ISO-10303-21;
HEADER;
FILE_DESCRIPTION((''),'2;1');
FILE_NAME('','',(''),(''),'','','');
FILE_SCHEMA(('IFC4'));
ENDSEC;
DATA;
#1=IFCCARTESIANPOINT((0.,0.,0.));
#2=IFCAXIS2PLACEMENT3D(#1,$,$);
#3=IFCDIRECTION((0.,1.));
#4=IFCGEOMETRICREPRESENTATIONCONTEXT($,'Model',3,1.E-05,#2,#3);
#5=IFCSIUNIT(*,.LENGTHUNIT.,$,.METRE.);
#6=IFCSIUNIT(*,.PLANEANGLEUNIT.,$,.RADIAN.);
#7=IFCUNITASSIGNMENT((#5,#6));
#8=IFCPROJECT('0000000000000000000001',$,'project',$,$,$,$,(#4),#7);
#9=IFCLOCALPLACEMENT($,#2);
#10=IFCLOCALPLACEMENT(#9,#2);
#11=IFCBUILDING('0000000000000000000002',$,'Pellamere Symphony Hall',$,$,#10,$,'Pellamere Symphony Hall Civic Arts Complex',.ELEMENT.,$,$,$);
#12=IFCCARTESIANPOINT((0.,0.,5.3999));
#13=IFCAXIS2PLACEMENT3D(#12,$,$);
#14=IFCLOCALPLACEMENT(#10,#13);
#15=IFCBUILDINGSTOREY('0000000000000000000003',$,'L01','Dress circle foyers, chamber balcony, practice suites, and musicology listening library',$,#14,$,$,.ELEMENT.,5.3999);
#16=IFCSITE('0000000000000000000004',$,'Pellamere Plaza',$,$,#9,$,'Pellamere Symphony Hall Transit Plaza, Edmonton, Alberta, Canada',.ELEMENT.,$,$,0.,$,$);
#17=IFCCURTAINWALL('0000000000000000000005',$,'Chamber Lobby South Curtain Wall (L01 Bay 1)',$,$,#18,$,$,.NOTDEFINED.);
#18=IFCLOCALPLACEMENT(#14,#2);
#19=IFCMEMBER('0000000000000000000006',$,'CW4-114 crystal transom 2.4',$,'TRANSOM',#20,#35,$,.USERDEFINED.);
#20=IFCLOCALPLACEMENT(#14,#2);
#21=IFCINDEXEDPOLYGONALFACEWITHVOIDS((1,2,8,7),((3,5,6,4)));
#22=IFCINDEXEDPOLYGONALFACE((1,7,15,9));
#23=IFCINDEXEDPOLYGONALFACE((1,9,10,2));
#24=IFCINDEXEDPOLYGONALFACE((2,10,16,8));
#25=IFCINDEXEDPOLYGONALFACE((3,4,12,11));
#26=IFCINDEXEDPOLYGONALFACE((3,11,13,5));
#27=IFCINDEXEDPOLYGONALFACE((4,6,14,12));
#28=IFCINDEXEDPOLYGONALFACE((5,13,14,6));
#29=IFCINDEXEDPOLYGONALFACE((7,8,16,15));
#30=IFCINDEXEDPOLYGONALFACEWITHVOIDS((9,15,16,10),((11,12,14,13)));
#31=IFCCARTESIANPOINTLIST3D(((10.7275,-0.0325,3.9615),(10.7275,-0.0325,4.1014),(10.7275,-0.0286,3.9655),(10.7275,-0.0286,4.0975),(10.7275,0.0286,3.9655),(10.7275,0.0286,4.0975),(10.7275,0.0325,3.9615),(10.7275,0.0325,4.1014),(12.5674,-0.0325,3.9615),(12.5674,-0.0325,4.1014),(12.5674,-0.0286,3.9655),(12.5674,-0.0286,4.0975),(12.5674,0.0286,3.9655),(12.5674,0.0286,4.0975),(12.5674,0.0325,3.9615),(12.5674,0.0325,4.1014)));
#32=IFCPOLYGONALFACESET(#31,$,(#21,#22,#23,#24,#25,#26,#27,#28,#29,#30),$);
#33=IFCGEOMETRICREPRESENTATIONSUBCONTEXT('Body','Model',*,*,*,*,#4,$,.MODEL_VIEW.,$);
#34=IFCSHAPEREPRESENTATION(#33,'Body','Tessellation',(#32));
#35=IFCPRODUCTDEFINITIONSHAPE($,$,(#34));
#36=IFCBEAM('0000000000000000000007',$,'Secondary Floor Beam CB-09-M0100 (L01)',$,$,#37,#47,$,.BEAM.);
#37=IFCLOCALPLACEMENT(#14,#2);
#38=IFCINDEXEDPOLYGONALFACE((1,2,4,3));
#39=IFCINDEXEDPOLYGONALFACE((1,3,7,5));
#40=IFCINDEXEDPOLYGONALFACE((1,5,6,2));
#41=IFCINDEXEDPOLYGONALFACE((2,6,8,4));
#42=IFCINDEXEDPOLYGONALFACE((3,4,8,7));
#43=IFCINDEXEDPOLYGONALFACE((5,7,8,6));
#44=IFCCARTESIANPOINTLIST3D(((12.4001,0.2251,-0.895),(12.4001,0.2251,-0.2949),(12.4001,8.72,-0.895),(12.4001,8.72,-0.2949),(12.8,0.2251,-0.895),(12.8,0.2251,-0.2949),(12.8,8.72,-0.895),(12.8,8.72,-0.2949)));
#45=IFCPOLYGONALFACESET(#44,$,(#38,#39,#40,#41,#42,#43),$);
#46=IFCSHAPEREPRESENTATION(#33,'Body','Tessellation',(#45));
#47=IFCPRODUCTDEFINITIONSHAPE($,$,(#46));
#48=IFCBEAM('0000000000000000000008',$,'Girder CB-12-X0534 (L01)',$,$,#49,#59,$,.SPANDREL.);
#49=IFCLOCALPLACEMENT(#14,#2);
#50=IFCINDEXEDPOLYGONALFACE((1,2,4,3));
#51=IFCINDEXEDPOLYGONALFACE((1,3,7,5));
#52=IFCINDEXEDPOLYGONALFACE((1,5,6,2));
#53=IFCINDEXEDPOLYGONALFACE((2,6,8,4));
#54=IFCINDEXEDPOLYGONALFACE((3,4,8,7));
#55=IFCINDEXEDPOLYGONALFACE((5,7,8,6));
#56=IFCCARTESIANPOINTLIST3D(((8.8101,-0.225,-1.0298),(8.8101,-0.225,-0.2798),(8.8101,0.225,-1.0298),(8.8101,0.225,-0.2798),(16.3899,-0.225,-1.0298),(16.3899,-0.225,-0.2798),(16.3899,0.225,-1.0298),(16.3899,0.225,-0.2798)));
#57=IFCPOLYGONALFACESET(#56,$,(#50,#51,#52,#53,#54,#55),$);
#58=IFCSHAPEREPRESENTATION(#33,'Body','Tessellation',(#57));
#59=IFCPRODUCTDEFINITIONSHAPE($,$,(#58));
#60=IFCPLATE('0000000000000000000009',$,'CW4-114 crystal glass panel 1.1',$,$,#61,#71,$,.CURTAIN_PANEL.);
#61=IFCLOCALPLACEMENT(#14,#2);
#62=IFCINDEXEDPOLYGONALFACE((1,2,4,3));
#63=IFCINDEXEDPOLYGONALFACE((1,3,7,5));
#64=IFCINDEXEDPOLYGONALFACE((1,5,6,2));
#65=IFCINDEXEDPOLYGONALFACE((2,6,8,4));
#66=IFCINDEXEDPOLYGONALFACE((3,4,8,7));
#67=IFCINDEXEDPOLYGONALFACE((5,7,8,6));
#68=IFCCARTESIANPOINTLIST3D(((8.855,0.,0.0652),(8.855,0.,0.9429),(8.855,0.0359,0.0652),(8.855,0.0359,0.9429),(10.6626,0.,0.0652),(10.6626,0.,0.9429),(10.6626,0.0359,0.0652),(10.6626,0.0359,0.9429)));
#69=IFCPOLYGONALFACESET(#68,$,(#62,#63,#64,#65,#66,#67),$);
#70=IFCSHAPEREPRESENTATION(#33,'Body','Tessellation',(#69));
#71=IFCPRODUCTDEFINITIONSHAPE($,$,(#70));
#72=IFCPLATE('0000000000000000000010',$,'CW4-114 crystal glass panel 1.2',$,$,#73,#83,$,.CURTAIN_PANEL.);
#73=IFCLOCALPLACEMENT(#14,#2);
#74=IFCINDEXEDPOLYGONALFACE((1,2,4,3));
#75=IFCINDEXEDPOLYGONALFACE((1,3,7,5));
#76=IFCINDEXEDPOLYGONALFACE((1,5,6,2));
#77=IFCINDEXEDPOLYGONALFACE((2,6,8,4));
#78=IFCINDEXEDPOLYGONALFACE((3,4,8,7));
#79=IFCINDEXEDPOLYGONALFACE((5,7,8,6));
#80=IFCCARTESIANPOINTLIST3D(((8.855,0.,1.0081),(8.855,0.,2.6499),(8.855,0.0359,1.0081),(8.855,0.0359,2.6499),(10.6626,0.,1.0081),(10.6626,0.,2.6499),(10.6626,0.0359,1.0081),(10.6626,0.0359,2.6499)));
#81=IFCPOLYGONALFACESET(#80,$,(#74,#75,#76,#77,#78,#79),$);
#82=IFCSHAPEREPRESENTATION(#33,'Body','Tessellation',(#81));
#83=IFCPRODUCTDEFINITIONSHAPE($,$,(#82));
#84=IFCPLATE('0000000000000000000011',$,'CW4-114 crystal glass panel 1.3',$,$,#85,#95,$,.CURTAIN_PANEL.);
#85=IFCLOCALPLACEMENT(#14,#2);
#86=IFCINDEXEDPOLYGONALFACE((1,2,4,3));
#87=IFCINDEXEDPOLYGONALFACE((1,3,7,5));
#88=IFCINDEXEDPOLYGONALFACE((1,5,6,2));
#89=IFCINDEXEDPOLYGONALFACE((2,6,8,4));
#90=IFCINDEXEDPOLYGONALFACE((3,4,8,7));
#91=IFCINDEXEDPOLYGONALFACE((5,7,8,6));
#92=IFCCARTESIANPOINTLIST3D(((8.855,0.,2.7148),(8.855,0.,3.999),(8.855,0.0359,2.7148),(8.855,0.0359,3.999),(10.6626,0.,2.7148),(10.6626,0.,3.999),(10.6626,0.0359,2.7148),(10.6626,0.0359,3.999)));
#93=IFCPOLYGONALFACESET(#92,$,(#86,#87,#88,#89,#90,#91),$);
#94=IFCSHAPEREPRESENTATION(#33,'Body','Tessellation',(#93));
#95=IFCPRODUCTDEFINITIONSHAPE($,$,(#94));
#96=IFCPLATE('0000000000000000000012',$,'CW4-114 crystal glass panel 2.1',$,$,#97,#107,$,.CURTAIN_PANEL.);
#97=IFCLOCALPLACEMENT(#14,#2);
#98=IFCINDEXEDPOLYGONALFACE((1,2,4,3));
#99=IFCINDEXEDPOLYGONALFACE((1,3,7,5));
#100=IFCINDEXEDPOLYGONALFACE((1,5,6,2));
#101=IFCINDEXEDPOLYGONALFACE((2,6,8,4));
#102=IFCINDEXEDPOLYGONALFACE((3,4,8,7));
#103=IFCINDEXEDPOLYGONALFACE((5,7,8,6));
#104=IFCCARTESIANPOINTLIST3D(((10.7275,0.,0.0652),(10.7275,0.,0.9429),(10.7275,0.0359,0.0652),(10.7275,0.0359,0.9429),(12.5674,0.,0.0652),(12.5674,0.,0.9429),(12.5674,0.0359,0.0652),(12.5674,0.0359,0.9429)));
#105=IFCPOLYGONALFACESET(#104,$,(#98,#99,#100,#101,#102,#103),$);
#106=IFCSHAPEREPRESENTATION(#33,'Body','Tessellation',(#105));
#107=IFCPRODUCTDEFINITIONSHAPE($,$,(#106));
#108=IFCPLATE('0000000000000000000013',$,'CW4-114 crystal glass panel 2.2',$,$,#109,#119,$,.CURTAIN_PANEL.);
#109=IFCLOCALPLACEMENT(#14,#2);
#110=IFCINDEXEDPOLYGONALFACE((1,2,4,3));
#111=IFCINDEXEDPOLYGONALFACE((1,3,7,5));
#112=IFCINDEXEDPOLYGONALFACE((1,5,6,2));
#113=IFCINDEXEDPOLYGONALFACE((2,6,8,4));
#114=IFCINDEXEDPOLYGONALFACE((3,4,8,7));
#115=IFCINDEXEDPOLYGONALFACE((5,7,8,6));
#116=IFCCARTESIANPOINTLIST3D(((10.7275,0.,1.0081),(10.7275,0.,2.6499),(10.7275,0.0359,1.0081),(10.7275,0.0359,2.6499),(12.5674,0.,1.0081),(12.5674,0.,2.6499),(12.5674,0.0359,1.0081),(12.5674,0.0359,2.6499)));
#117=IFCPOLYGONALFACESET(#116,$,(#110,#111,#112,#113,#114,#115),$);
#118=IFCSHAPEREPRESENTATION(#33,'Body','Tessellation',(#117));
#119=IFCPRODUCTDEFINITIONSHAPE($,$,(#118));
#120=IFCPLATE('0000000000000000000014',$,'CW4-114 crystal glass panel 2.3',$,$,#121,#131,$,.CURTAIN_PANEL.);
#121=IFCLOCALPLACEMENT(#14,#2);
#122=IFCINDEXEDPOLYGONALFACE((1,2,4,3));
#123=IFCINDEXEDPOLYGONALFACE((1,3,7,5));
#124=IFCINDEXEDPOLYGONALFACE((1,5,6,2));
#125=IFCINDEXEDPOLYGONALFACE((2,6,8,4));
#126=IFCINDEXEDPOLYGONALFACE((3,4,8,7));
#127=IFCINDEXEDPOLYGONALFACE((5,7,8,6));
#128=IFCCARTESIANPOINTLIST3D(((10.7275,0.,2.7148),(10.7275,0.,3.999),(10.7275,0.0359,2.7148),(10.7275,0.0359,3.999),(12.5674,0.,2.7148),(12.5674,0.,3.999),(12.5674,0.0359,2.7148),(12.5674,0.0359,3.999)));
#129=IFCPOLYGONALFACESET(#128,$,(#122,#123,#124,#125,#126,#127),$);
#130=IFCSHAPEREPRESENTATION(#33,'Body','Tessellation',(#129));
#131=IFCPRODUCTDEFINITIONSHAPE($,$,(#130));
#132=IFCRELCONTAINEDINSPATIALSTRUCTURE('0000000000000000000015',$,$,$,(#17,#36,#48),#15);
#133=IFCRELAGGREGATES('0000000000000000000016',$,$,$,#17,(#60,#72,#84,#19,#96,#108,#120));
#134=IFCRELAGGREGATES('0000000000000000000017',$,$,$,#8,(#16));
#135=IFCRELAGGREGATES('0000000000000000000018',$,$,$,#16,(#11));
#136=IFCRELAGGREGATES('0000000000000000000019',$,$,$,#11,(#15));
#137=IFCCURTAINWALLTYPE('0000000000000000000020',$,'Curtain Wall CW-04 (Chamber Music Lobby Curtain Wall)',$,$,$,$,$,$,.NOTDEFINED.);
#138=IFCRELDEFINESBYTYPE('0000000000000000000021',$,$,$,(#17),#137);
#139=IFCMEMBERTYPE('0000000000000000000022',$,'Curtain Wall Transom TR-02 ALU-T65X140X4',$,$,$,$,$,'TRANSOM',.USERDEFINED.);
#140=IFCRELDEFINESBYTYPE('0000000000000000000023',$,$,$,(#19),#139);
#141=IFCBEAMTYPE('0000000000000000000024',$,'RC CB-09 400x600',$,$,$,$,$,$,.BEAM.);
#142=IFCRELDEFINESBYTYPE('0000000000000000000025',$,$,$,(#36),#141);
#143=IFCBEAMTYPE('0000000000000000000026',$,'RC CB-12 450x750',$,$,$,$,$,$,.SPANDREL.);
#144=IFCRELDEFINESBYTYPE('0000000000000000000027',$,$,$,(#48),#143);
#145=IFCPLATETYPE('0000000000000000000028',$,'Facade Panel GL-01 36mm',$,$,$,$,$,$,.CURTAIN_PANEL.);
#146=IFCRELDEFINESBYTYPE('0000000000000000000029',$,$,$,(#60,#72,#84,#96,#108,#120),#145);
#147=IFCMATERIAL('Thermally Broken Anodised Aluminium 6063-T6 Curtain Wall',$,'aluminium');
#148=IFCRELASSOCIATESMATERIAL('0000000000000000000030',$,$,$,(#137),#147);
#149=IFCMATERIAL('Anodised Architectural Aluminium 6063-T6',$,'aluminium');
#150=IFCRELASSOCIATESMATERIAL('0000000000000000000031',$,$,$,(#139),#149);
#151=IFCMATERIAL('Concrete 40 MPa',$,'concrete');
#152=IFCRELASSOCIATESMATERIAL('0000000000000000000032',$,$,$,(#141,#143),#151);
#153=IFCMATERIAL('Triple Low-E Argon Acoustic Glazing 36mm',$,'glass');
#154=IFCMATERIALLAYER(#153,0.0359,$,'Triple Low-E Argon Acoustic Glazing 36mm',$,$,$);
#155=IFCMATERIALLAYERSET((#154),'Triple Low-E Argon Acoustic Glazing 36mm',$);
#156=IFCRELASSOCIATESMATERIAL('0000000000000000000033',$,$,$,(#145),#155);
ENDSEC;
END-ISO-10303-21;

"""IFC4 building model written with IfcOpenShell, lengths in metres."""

from ifc_helpers import new_model, si_unit, direction, frame, origin, origin_2d, place, context, subcontext, project, spatial, polyline, rectangle, hollow_rectangle, outline, extrude, material, layer, layer_set, material_profile, profile_set, type_object, element, aggregate, save


model = new_model("IFC4")

# Units and contexts
model_context = context("Model", 3, precision=1e-05, world=origin(), true_north=direction((0.0, 1.0)))
body_context = subcontext(model_context, "Body", "Model", "MODEL_VIEW")
ifc_project = project(units=[si_unit("LENGTHUNIT", "METRE"), si_unit("PLANEANGLEUNIT", "RADIAN")], contexts=[model_context])

# Site, building, storey
site_placement = place(None, origin())
site = spatial("IfcSite", under=ifc_project, at=site_placement, Name="Pellamere Plaza", LongName="Pellamere Symphony Hall Transit Plaza, Edmonton, Alberta, Canada", CompositionType="ELEMENT", RefElevation=0.0)
building_placement = place(site_placement, origin())
building = spatial("IfcBuilding", under=site, at=building_placement, Name="Pellamere Symphony Hall", LongName="Pellamere Symphony Hall Civic Arts Complex", CompositionType="ELEMENT")
storey_placement = place(building_placement, frame((0.0, 0.0, 5.3999)))
storey = spatial("IfcBuildingStorey", under=building, at=storey_placement, Name="L01", Description="Dress circle foyers, chamber balcony, practice suites, and musicology listening library", CompositionType="ELEMENT", Elevation=5.3999)

# Shared definitions
ifc_material_1 = material(Name="Concrete 40 MPa", Category="concrete")

# Curtain wall, member
ifc_material_2 = material(Name="Thermally Broken Anodised Aluminium 6063-T6 Curtain Wall", Category="aluminium")
curtain_wall_type = type_object("IfcCurtainWallType", Name="Curtain Wall CW-04 (Chamber Music Lobby Curtain Wall)", PredefinedType="NOTDEFINED", material=ifc_material_2)
curtain_wall_placement = place(storey_placement, origin())
curtain_wall = element("IfcCurtainWall", 1, at=curtain_wall_placement, inside=storey, type_object=curtain_wall_type, Name="Chamber Lobby South Curtain Wall (L01 Bay 1)", PredefinedType="NOTDEFINED")
ifc_material_3 = material(Name="Anodised Architectural Aluminium 6063-T6", Category="aluminium")
ifc_material_profile_1 = material_profile(ifc_material_3, hollow_rectangle(XDim=0.0649, YDim=0.1399, WallThickness=0.0039, at=origin_2d()), Name="ALU-T65X140X4")
ifc_profile_set_1 = profile_set([ifc_material_profile_1], Name="Anodised Architectural Aluminium 6063-T6")
member_type_1 = type_object("IfcMemberType", Name="Curtain Wall Transom TR-02 ALU-T65X140X4", ElementType="TRANSOM", PredefinedType="USERDEFINED", material=ifc_profile_set_1)
member_1_placement = place(storey_placement, frame((10.7275, 0.0, 4.0315), z_axis=(1.0, 0.0, 0.0), x_axis=(0.0, 1.0, 0.0)))
member_1 = element("IfcMember", 2, at=member_1_placement, type_object=member_type_1, Name="CW4-114 crystal transom 2.4", ObjectType="TRANSOM", PredefinedType="USERDEFINED", context=body_context, shape_type="SweptSolid", body=[
    extrude(hollow_rectangle(XDim=0.0649, YDim=0.1399, WallThickness=0.0039, at=origin_2d()), origin(), (0.0, 0.0, 1.0), 1.8398),
])

# Beams
ifc_material_profile_2 = material_profile(ifc_material_1, rectangle(XDim=0.3999, YDim=0.6001, at=origin_2d()), Name="RC 400x600")
ifc_profile_set_2 = profile_set([ifc_material_profile_2], Name="Concrete 40 MPa")
beam_type_1 = type_object("IfcBeamType", Name="RC CB-09 400x600", PredefinedType="BEAM", material=ifc_profile_set_2)
beam_1_placement = place(storey_placement, frame((12.6001, 0.2251, -0.595), z_axis=(0.0, 1.0, 0.0), x_axis=(-1.0, 0.0, 0.0)))
element("IfcBeam", 3, at=beam_1_placement, inside=storey, type_object=beam_type_1, Name="Secondary Floor Beam CB-09-M0100 (L01)", PredefinedType="BEAM", context=body_context, shape_type="SweptSolid", body=[
    extrude(rectangle(XDim=0.3999, YDim=0.6001, at=origin_2d()), origin(), (0.0, 0.0, 1.0), 8.4949),
])
ifc_material_profile_3 = material_profile(ifc_material_1, rectangle(XDim=0.45, YDim=0.75, at=origin_2d()), Name="RC 450x750")
ifc_profile_set_3 = profile_set([ifc_material_profile_3], Name="Concrete 40 MPa")
beam_type_2 = type_object("IfcBeamType", Name="RC CB-12 450x750", PredefinedType="SPANDREL", material=ifc_profile_set_3)
beam_2_placement = place(storey_placement, frame((8.8101, 0.0, -0.6548), z_axis=(1.0, 0.0, 0.0), x_axis=(0.0, 1.0, 0.0)))
element("IfcBeam", 4, at=beam_2_placement, inside=storey, type_object=beam_type_2, Name="Girder CB-12-X0534 (L01)", PredefinedType="SPANDREL", context=body_context, shape_type="SweptSolid", body=[
    extrude(rectangle(XDim=0.45, YDim=0.75, at=origin_2d()), origin(), (0.0, 0.0, 1.0), 7.5798),
])

# Plates
ifc_material_4 = material(Name="Triple Low-E Argon Acoustic Glazing 36mm", Category="glass")
ifc_layer = layer(ifc_material_4, 0.0359, Name="Triple Low-E Argon Acoustic Glazing 36mm")
ifc_layer_set = layer_set([ifc_layer], Name="Triple Low-E Argon Acoustic Glazing 36mm")
plate_type = type_object("IfcPlateType", Name="Facade Panel GL-01 36mm", PredefinedType="CURTAIN_PANEL", material=ifc_layer_set)
plate_1_placement = place(storey_placement, frame((8.855, 0.0, 0.0652), z_axis=(0.0, -1.0, 0.0), x_axis=(1.0, 0.0, 0.0)))
plate_1 = element("IfcPlate", 5, at=plate_1_placement, type_object=plate_type, Name="CW4-114 crystal glass panel 1.1", PredefinedType="CURTAIN_PANEL", context=body_context, shape_type="SweptSolid", body=[
    extrude(outline(polyline([(0.0, 0.0), (1.8076, 0.0), (1.8076, 0.8777), (0.0, 0.8777), (0.0, 0.0)])), origin(), (0.0, 0.0, -1.0), 0.0359),
])
plate_2_placement = place(storey_placement, frame((8.855, 0.0, 1.0081), z_axis=(0.0, -1.0, 0.0), x_axis=(1.0, 0.0, 0.0)))
plate_2 = element("IfcPlate", 6, at=plate_2_placement, type_object=plate_type, Name="CW4-114 crystal glass panel 1.2", PredefinedType="CURTAIN_PANEL", context=body_context, shape_type="SweptSolid", body=[
    extrude(outline(polyline([(0.0, 0.0), (1.8076, 0.0), (1.8076, 1.6418), (0.0, 1.6418), (0.0, 0.0)])), origin(), (0.0, 0.0, -1.0), 0.0359),
])
plate_3_placement = place(storey_placement, frame((8.855, 0.0, 2.7148), z_axis=(0.0, -1.0, 0.0), x_axis=(1.0, 0.0, 0.0)))
plate_3 = element("IfcPlate", 7, at=plate_3_placement, type_object=plate_type, Name="CW4-114 crystal glass panel 1.3", PredefinedType="CURTAIN_PANEL", context=body_context, shape_type="SweptSolid", body=[
    extrude(outline(polyline([(0.0, 0.0), (1.8076, 0.0), (1.8076, 1.2842), (0.0, 1.2842), (0.0, 0.0)])), origin(), (0.0, 0.0, -1.0), 0.0359),
])
plate_4_placement = place(storey_placement, frame((10.7275, 0.0, 0.0652), z_axis=(0.0, -1.0, 0.0), x_axis=(1.0, 0.0, 0.0)))
plate_4 = element("IfcPlate", 8, at=plate_4_placement, type_object=plate_type, Name="CW4-114 crystal glass panel 2.1", PredefinedType="CURTAIN_PANEL", context=body_context, shape_type="SweptSolid", body=[
    extrude(outline(polyline([(0.0, 0.0), (1.8398, 0.0), (1.8398, 0.8777), (0.0, 0.8777), (0.0, 0.0)])), origin(), (0.0, 0.0, -1.0), 0.0359),
])
plate_5_placement = place(storey_placement, frame((10.7275, 0.0, 1.0081), z_axis=(0.0, -1.0, 0.0), x_axis=(1.0, 0.0, 0.0)))
plate_5 = element("IfcPlate", 9, at=plate_5_placement, type_object=plate_type, Name="CW4-114 crystal glass panel 2.2", PredefinedType="CURTAIN_PANEL", context=body_context, shape_type="SweptSolid", body=[
    extrude(outline(polyline([(0.0, 0.0), (1.8398, 0.0), (1.8398, 1.6418), (0.0, 1.6418), (0.0, 0.0)])), origin(), (0.0, 0.0, -1.0), 0.0359),
])
plate_6_placement = place(storey_placement, frame((10.7275, 0.0, 2.7148), z_axis=(0.0, -1.0, 0.0), x_axis=(1.0, 0.0, 0.0)))
plate_6 = element("IfcPlate", 10, at=plate_6_placement, type_object=plate_type, Name="CW4-114 crystal glass panel 2.3", PredefinedType="CURTAIN_PANEL", context=body_context, shape_type="SweptSolid", body=[
    extrude(outline(polyline([(0.0, 0.0), (1.8398, 0.0), (1.8398, 1.2842), (0.0, 1.2842), (0.0, 0.0)])), origin(), (0.0, 0.0, -1.0), 0.0359),
])
aggregate(curtain_wall, [plate_1, plate_2, plate_3, member_1, plate_4, plate_5, plate_6])

save(model, "model.ifc")
